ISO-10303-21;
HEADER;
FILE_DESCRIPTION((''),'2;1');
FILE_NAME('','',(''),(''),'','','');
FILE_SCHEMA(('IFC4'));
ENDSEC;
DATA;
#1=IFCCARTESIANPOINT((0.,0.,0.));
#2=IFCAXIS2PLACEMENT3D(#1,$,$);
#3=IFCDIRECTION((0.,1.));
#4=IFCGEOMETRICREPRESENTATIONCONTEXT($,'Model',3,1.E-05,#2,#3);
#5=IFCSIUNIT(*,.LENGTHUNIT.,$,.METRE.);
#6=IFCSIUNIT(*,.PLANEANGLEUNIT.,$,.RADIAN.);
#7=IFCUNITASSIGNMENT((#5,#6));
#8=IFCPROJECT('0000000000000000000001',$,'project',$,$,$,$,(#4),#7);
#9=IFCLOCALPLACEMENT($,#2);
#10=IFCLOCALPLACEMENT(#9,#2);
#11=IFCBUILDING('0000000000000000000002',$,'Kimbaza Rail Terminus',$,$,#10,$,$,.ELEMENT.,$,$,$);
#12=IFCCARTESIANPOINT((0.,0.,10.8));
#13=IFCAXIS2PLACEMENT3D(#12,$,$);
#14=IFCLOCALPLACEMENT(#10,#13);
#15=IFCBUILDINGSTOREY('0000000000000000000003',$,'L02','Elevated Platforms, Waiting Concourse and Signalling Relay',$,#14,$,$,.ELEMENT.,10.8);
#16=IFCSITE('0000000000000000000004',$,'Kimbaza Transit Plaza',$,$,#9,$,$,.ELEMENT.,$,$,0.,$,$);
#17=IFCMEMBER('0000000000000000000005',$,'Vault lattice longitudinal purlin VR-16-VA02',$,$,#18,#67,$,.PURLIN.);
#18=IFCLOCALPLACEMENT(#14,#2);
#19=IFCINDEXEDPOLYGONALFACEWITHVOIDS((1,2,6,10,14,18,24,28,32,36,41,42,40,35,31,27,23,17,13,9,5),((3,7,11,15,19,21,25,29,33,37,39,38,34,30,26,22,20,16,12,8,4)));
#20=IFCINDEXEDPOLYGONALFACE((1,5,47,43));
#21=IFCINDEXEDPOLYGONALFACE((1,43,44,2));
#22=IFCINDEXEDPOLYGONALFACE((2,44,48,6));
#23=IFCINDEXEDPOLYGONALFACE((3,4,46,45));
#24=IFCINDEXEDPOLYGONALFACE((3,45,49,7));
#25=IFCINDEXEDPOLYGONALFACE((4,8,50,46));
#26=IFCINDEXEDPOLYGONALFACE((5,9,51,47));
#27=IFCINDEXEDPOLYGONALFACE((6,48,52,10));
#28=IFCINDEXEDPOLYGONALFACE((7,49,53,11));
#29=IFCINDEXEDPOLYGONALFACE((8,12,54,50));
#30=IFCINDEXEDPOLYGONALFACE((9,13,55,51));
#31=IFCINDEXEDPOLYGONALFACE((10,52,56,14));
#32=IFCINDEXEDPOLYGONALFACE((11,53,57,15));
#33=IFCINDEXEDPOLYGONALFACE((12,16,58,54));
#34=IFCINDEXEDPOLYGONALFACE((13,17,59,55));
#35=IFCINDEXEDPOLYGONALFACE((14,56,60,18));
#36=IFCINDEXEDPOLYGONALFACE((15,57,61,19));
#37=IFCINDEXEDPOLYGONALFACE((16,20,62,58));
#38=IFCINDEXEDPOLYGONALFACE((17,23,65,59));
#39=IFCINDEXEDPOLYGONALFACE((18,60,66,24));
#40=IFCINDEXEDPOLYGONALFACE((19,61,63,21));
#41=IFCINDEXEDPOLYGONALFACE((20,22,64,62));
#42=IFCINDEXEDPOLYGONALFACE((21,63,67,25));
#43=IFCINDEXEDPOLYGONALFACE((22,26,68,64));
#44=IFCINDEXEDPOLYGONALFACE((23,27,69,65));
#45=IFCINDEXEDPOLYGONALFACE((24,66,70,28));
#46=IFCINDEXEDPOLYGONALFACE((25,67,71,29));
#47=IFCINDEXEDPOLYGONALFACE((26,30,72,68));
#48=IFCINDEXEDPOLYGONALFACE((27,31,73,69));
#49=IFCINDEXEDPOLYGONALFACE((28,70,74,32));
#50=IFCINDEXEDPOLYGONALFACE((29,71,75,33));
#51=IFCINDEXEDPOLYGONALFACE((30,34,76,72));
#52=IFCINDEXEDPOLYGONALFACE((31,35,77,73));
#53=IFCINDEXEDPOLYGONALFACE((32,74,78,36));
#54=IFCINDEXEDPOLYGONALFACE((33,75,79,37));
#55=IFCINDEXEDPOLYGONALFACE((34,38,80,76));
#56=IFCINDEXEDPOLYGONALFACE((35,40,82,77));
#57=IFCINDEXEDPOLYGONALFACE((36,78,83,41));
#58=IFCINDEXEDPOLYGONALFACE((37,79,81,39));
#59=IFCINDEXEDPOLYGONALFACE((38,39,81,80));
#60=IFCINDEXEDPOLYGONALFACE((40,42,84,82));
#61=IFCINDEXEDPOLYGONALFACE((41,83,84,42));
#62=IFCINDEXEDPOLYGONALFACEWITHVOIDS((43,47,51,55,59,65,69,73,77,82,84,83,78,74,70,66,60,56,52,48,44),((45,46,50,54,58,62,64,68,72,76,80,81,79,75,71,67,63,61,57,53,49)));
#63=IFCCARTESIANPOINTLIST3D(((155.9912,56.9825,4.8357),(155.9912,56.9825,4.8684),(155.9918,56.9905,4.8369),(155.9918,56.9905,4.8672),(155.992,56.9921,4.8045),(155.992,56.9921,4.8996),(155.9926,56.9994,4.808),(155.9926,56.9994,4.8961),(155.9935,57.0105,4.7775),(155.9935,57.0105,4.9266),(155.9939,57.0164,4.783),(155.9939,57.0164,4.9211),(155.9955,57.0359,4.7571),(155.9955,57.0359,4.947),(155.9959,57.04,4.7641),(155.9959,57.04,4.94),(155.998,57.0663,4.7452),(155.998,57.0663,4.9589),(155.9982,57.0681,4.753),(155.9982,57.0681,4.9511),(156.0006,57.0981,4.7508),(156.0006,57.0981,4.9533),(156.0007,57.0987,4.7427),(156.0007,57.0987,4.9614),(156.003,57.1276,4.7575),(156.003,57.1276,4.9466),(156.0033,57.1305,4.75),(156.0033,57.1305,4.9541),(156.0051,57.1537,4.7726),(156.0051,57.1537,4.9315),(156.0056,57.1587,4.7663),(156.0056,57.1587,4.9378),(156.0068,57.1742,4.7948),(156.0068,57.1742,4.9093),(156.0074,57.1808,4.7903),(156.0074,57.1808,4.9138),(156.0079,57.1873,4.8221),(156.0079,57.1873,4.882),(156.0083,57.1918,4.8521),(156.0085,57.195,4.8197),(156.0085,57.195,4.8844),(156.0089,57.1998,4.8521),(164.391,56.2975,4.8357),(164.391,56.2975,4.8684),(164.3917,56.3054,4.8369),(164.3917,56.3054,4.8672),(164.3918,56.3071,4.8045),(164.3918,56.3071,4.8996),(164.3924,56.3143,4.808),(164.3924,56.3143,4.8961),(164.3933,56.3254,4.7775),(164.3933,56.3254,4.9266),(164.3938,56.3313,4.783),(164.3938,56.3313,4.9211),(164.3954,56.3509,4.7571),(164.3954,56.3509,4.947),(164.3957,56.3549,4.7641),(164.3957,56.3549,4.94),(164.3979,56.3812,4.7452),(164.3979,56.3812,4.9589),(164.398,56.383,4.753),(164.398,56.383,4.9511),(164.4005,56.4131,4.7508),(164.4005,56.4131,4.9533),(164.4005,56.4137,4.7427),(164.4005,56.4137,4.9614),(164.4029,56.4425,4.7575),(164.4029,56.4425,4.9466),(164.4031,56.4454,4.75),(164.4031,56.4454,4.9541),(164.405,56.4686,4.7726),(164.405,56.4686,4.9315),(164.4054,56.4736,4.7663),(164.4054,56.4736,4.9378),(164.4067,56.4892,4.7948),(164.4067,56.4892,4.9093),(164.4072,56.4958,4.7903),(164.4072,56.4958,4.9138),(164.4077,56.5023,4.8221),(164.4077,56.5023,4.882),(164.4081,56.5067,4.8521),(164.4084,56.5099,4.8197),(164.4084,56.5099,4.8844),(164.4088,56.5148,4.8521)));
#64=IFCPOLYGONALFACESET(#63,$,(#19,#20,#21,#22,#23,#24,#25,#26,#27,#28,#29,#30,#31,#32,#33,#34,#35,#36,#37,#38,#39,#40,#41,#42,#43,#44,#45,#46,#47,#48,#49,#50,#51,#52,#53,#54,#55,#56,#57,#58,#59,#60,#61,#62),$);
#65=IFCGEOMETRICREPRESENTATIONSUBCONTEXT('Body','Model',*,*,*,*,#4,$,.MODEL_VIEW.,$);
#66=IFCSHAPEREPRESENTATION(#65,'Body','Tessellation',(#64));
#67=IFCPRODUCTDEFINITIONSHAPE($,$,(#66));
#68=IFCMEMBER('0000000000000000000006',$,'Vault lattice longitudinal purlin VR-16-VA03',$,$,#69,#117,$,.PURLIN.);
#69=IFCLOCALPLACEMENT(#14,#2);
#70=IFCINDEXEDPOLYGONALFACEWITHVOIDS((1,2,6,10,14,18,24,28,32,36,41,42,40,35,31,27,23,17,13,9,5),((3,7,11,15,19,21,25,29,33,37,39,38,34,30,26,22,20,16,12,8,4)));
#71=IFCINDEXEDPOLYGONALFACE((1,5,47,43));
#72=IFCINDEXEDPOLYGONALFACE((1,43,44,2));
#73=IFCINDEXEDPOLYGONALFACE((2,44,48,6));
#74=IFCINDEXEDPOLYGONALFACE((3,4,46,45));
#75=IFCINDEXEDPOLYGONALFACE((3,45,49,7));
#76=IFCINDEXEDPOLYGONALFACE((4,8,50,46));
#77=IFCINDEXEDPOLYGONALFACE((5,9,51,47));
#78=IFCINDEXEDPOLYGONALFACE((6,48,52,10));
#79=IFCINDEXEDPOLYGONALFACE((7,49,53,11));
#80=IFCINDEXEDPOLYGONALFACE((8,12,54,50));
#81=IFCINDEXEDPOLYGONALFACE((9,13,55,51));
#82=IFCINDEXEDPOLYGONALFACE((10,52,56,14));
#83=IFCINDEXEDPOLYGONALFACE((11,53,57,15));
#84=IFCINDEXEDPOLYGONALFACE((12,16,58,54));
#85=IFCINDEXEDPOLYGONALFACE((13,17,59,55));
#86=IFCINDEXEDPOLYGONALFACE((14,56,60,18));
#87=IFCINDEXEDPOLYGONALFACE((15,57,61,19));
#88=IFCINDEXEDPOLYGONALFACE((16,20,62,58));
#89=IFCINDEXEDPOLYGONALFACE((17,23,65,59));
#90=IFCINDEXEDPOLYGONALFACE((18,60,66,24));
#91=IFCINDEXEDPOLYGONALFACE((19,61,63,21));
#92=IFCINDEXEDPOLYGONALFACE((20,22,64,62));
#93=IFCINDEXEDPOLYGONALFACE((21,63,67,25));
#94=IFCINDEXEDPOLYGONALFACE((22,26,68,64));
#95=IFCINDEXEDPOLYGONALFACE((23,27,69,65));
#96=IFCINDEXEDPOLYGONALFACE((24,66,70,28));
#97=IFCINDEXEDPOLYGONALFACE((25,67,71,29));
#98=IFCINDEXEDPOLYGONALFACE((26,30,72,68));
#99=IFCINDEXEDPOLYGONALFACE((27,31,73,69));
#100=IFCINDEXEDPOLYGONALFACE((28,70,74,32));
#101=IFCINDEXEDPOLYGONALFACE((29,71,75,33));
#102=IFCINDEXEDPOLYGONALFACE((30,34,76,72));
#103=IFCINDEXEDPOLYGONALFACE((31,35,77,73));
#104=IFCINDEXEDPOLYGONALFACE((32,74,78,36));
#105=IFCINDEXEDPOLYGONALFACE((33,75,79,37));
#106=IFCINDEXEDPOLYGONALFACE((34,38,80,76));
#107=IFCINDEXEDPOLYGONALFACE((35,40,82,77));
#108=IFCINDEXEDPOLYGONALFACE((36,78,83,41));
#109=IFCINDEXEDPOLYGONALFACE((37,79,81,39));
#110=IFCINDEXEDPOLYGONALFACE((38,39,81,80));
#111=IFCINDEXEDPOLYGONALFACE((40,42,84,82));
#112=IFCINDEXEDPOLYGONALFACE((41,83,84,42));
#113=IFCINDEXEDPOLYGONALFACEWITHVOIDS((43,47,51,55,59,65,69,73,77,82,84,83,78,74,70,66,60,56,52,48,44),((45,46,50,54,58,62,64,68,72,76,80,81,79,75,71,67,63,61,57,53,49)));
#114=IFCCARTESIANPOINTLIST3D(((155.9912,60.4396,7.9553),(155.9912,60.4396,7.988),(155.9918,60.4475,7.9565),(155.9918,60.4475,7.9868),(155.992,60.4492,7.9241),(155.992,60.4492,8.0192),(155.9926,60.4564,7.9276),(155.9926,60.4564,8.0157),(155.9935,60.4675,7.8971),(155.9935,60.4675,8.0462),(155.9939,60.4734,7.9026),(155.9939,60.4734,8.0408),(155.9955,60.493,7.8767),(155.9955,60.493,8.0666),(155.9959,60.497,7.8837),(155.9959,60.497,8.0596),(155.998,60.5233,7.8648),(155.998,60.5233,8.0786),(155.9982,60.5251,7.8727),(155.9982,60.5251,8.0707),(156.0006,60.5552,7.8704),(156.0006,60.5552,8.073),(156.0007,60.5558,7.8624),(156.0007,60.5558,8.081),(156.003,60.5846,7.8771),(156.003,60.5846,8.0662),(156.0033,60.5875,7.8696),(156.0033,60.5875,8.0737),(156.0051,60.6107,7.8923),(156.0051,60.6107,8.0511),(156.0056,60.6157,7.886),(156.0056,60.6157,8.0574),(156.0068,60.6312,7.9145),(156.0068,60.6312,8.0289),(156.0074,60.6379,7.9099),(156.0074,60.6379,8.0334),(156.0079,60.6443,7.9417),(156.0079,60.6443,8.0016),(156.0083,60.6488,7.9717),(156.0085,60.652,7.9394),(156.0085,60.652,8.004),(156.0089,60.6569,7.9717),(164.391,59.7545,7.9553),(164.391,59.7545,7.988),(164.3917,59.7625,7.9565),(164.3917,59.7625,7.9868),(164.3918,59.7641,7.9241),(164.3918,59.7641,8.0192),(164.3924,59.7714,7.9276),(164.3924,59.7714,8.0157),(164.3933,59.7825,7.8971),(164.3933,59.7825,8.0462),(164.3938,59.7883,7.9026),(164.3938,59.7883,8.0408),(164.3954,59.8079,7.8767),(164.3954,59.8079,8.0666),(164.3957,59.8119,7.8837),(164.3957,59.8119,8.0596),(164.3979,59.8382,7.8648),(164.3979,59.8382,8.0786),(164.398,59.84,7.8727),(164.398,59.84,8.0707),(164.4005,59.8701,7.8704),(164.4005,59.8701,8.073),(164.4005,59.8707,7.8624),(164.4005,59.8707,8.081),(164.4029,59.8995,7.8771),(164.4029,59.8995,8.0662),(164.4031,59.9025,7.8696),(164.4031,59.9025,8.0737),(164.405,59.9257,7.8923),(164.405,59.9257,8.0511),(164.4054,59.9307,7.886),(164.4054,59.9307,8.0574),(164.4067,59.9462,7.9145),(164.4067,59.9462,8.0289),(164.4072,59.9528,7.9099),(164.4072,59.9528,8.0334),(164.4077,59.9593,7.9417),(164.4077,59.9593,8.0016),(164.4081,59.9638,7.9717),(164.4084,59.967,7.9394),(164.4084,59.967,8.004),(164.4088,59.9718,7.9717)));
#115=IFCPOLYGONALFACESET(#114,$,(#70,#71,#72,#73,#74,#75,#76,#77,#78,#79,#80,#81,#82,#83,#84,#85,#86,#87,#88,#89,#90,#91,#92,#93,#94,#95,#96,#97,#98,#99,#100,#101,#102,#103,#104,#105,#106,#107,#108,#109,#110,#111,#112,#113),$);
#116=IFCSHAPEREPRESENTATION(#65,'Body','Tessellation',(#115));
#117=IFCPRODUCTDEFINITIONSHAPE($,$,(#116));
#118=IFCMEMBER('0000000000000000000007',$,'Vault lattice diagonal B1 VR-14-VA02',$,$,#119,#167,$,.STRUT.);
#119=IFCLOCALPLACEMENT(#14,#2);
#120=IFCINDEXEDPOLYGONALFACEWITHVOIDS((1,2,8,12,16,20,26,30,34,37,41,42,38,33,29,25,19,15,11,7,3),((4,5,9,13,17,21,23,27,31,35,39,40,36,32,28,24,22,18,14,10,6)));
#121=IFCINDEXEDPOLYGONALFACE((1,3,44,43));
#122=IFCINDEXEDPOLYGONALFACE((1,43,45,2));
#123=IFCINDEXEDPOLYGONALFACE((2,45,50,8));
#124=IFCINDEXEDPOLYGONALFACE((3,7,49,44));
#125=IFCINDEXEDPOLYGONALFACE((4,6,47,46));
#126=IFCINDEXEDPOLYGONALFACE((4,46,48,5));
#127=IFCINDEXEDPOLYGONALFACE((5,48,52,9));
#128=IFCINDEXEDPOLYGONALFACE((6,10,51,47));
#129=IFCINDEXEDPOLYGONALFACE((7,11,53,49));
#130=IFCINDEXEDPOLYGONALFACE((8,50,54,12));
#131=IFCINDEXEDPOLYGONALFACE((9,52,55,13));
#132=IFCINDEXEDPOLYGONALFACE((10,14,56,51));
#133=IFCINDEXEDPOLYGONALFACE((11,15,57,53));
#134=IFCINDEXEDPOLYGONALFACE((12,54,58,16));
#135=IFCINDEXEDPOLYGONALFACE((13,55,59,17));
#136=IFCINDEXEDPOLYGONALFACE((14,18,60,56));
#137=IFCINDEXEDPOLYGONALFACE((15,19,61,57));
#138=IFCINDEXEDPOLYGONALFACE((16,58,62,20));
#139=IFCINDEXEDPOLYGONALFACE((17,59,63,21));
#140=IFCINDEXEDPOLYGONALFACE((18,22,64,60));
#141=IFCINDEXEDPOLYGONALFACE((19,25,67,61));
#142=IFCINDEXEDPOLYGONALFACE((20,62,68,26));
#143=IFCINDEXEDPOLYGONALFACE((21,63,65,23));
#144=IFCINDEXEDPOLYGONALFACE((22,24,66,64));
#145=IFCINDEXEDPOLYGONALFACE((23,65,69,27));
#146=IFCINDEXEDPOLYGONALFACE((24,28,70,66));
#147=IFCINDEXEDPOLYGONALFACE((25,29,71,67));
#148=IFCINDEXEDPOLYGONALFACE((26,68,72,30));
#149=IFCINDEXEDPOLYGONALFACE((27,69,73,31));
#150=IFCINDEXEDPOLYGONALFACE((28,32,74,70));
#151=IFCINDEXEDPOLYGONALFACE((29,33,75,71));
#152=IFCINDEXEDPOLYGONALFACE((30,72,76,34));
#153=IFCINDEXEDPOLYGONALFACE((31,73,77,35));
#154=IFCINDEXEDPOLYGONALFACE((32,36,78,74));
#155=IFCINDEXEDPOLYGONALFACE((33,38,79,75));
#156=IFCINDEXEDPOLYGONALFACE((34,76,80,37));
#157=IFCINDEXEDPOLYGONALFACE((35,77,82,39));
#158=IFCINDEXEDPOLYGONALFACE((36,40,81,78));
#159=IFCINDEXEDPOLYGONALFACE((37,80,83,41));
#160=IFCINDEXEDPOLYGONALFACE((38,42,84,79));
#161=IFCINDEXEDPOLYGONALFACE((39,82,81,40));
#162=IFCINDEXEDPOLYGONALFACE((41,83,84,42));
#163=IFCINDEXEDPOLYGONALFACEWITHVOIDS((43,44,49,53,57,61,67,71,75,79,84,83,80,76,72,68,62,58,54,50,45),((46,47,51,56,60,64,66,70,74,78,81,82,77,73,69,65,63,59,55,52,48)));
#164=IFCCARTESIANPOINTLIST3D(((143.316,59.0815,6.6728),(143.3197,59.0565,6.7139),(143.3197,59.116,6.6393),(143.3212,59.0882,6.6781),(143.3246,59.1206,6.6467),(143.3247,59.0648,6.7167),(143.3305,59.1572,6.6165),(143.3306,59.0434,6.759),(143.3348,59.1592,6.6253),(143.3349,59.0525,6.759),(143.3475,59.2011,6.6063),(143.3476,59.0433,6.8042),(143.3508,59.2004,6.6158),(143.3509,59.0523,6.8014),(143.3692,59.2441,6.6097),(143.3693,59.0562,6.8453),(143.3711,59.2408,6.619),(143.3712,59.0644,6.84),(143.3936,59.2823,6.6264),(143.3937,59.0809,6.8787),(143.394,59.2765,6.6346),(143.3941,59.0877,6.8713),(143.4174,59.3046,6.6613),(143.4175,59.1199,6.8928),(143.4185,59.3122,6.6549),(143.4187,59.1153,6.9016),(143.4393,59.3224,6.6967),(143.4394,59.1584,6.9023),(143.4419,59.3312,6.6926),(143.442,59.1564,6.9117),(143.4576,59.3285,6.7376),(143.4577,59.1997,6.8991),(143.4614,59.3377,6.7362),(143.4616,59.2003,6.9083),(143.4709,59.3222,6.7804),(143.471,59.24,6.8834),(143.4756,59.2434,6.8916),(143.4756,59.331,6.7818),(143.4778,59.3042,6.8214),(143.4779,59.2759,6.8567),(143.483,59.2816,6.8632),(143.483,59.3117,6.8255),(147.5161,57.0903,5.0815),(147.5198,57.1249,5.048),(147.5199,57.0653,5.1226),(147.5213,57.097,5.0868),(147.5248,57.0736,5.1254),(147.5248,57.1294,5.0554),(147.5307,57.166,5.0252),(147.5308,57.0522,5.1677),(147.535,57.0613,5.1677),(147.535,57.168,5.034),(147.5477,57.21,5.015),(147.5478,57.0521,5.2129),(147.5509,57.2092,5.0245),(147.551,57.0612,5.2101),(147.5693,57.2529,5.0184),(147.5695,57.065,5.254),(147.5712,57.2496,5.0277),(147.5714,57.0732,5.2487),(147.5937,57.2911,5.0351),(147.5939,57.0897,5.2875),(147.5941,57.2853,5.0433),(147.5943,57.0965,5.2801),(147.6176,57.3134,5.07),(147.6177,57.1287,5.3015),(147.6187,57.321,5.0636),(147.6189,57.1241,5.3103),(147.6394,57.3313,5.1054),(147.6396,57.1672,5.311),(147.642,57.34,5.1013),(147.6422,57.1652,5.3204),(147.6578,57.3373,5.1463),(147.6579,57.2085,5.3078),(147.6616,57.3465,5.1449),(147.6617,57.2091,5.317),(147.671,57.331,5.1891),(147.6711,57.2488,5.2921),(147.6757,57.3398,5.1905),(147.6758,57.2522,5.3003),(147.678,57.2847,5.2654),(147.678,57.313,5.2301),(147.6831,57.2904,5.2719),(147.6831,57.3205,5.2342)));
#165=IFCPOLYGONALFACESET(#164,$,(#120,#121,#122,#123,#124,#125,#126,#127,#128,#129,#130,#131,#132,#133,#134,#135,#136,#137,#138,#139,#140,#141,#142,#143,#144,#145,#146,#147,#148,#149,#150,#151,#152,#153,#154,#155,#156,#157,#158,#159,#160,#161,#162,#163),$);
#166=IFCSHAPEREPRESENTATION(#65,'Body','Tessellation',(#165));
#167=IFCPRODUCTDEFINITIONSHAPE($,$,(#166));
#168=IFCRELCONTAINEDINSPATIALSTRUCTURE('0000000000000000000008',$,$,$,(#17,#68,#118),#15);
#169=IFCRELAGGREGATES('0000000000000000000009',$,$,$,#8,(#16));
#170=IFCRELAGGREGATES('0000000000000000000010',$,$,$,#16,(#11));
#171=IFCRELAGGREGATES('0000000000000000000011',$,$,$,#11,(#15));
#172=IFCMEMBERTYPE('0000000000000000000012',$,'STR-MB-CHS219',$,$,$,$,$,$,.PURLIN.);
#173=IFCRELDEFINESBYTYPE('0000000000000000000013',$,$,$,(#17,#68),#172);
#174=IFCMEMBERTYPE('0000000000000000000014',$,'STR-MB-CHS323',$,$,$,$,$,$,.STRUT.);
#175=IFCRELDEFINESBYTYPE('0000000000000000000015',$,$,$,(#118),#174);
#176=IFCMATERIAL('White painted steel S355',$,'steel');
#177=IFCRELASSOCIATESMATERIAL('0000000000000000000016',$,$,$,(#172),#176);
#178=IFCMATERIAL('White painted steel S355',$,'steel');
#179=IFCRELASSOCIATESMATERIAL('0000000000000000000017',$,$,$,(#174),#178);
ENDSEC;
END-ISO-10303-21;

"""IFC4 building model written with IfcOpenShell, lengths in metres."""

from ifc_helpers import new_model, si_unit, direction, frame, origin, origin_2d, place, context, subcontext, project, spatial, hollow_circle, extrude, material, material_profile, profile_set, type_object, element, save


model = new_model("IFC4")

# Units and contexts
model_context = context("Model", 3, precision=1e-05, world=origin(), true_north=direction((0.0, 1.0)))
body_context = subcontext(model_context, "Body", "Model", "MODEL_VIEW")
ifc_project = project(units=[si_unit("LENGTHUNIT", "METRE"), si_unit("PLANEANGLEUNIT", "RADIAN")], contexts=[model_context])

# Site, building, storey
site_placement = place(None, origin())
site = spatial("IfcSite", under=ifc_project, at=site_placement, Name="Kimbaza Transit Plaza", CompositionType="ELEMENT", RefElevation=0.0)
building_placement = place(site_placement, origin())
building = spatial("IfcBuilding", under=site, at=building_placement, Name="Kimbaza Rail Terminus", CompositionType="ELEMENT")
storey_placement = place(building_placement, frame((0.0, 0.0, 10.8)))
storey = spatial("IfcBuildingStorey", under=building, at=storey_placement, Name="L02", Description="Elevated Platforms, Waiting Concourse and Signalling Relay", CompositionType="ELEMENT", Elevation=10.8)

# Members
ifc_material_1 = material(Name="White painted steel S355", Category="steel")
ifc_material_profile_1 = material_profile(ifc_material_1, hollow_circle(Radius=0.1096, WallThickness=0.0081, at=origin_2d()), Name="CHS 219.1x8")
ifc_profile_set_1 = profile_set([ifc_material_profile_1], Name="White painted steel S355")
member_type_1 = type_object("IfcMemberType", Name="STR-MB-CHS219", PredefinedType="PURLIN", material=ifc_profile_set_1)
for number, where, z_axis, x_axis, name in (
    (1, (156.0, 57.0906, 4.8521), (0.996691, -0.081286, 0.0), (0.081286, 0.996691, 0.0), "Vault lattice longitudinal purlin VR-16-VA02"),
    (2, (156.0, 60.5476, 7.9717), (0.996691, -0.081286, 0.0), (0.081286, 0.996691, 0.0), "Vault lattice longitudinal purlin VR-16-VA03"),
):
    element("IfcMember", number, at=place(storey_placement, frame(where, z_axis=z_axis, x_axis=x_axis)), inside=storey, type_object=member_type_1, Name=name, PredefinedType="PURLIN", context=body_context, shape_type="SweptSolid", body=[
        extrude(hollow_circle(Radius=0.1096, WallThickness=0.0081, at=origin_2d()), origin(), (0.0, 0.0, 1.0), 8.4277),
    ])
ifc_material_2 = material(Name="White painted steel S355", Category="steel")
ifc_material_profile_2 = material_profile(ifc_material_2, hollow_circle(Radius=0.1619, WallThickness=0.01, at=origin_2d()), Name="CHS 323.9x10")
ifc_profile_set_2 = profile_set([ifc_material_profile_2], Name="White painted steel S355")
member_type_2 = type_object("IfcMemberType", Name="STR-MB-CHS323", PredefinedType="STRUT", material=ifc_profile_set_2)
member_1_placement = place(storey_placement, frame((147.6001, 57.1985, 5.1677), z_axis=(-0.854892, 0.405284, 0.323889), x_axis=(-0.428375, -0.903601, 0.0)))
element("IfcMember", 3, at=member_1_placement, inside=storey, type_object=member_type_2, Name="Vault lattice diagonal B1 VR-14-VA02", PredefinedType="STRUT", context=body_context, shape_type="SweptSolid", body=[
    extrude(hollow_circle(Radius=0.1619, WallThickness=0.01, at=origin_2d()), origin(), (0.0, 0.0, 1.0), 4.9131),
])

save(model, "model.ifc")
